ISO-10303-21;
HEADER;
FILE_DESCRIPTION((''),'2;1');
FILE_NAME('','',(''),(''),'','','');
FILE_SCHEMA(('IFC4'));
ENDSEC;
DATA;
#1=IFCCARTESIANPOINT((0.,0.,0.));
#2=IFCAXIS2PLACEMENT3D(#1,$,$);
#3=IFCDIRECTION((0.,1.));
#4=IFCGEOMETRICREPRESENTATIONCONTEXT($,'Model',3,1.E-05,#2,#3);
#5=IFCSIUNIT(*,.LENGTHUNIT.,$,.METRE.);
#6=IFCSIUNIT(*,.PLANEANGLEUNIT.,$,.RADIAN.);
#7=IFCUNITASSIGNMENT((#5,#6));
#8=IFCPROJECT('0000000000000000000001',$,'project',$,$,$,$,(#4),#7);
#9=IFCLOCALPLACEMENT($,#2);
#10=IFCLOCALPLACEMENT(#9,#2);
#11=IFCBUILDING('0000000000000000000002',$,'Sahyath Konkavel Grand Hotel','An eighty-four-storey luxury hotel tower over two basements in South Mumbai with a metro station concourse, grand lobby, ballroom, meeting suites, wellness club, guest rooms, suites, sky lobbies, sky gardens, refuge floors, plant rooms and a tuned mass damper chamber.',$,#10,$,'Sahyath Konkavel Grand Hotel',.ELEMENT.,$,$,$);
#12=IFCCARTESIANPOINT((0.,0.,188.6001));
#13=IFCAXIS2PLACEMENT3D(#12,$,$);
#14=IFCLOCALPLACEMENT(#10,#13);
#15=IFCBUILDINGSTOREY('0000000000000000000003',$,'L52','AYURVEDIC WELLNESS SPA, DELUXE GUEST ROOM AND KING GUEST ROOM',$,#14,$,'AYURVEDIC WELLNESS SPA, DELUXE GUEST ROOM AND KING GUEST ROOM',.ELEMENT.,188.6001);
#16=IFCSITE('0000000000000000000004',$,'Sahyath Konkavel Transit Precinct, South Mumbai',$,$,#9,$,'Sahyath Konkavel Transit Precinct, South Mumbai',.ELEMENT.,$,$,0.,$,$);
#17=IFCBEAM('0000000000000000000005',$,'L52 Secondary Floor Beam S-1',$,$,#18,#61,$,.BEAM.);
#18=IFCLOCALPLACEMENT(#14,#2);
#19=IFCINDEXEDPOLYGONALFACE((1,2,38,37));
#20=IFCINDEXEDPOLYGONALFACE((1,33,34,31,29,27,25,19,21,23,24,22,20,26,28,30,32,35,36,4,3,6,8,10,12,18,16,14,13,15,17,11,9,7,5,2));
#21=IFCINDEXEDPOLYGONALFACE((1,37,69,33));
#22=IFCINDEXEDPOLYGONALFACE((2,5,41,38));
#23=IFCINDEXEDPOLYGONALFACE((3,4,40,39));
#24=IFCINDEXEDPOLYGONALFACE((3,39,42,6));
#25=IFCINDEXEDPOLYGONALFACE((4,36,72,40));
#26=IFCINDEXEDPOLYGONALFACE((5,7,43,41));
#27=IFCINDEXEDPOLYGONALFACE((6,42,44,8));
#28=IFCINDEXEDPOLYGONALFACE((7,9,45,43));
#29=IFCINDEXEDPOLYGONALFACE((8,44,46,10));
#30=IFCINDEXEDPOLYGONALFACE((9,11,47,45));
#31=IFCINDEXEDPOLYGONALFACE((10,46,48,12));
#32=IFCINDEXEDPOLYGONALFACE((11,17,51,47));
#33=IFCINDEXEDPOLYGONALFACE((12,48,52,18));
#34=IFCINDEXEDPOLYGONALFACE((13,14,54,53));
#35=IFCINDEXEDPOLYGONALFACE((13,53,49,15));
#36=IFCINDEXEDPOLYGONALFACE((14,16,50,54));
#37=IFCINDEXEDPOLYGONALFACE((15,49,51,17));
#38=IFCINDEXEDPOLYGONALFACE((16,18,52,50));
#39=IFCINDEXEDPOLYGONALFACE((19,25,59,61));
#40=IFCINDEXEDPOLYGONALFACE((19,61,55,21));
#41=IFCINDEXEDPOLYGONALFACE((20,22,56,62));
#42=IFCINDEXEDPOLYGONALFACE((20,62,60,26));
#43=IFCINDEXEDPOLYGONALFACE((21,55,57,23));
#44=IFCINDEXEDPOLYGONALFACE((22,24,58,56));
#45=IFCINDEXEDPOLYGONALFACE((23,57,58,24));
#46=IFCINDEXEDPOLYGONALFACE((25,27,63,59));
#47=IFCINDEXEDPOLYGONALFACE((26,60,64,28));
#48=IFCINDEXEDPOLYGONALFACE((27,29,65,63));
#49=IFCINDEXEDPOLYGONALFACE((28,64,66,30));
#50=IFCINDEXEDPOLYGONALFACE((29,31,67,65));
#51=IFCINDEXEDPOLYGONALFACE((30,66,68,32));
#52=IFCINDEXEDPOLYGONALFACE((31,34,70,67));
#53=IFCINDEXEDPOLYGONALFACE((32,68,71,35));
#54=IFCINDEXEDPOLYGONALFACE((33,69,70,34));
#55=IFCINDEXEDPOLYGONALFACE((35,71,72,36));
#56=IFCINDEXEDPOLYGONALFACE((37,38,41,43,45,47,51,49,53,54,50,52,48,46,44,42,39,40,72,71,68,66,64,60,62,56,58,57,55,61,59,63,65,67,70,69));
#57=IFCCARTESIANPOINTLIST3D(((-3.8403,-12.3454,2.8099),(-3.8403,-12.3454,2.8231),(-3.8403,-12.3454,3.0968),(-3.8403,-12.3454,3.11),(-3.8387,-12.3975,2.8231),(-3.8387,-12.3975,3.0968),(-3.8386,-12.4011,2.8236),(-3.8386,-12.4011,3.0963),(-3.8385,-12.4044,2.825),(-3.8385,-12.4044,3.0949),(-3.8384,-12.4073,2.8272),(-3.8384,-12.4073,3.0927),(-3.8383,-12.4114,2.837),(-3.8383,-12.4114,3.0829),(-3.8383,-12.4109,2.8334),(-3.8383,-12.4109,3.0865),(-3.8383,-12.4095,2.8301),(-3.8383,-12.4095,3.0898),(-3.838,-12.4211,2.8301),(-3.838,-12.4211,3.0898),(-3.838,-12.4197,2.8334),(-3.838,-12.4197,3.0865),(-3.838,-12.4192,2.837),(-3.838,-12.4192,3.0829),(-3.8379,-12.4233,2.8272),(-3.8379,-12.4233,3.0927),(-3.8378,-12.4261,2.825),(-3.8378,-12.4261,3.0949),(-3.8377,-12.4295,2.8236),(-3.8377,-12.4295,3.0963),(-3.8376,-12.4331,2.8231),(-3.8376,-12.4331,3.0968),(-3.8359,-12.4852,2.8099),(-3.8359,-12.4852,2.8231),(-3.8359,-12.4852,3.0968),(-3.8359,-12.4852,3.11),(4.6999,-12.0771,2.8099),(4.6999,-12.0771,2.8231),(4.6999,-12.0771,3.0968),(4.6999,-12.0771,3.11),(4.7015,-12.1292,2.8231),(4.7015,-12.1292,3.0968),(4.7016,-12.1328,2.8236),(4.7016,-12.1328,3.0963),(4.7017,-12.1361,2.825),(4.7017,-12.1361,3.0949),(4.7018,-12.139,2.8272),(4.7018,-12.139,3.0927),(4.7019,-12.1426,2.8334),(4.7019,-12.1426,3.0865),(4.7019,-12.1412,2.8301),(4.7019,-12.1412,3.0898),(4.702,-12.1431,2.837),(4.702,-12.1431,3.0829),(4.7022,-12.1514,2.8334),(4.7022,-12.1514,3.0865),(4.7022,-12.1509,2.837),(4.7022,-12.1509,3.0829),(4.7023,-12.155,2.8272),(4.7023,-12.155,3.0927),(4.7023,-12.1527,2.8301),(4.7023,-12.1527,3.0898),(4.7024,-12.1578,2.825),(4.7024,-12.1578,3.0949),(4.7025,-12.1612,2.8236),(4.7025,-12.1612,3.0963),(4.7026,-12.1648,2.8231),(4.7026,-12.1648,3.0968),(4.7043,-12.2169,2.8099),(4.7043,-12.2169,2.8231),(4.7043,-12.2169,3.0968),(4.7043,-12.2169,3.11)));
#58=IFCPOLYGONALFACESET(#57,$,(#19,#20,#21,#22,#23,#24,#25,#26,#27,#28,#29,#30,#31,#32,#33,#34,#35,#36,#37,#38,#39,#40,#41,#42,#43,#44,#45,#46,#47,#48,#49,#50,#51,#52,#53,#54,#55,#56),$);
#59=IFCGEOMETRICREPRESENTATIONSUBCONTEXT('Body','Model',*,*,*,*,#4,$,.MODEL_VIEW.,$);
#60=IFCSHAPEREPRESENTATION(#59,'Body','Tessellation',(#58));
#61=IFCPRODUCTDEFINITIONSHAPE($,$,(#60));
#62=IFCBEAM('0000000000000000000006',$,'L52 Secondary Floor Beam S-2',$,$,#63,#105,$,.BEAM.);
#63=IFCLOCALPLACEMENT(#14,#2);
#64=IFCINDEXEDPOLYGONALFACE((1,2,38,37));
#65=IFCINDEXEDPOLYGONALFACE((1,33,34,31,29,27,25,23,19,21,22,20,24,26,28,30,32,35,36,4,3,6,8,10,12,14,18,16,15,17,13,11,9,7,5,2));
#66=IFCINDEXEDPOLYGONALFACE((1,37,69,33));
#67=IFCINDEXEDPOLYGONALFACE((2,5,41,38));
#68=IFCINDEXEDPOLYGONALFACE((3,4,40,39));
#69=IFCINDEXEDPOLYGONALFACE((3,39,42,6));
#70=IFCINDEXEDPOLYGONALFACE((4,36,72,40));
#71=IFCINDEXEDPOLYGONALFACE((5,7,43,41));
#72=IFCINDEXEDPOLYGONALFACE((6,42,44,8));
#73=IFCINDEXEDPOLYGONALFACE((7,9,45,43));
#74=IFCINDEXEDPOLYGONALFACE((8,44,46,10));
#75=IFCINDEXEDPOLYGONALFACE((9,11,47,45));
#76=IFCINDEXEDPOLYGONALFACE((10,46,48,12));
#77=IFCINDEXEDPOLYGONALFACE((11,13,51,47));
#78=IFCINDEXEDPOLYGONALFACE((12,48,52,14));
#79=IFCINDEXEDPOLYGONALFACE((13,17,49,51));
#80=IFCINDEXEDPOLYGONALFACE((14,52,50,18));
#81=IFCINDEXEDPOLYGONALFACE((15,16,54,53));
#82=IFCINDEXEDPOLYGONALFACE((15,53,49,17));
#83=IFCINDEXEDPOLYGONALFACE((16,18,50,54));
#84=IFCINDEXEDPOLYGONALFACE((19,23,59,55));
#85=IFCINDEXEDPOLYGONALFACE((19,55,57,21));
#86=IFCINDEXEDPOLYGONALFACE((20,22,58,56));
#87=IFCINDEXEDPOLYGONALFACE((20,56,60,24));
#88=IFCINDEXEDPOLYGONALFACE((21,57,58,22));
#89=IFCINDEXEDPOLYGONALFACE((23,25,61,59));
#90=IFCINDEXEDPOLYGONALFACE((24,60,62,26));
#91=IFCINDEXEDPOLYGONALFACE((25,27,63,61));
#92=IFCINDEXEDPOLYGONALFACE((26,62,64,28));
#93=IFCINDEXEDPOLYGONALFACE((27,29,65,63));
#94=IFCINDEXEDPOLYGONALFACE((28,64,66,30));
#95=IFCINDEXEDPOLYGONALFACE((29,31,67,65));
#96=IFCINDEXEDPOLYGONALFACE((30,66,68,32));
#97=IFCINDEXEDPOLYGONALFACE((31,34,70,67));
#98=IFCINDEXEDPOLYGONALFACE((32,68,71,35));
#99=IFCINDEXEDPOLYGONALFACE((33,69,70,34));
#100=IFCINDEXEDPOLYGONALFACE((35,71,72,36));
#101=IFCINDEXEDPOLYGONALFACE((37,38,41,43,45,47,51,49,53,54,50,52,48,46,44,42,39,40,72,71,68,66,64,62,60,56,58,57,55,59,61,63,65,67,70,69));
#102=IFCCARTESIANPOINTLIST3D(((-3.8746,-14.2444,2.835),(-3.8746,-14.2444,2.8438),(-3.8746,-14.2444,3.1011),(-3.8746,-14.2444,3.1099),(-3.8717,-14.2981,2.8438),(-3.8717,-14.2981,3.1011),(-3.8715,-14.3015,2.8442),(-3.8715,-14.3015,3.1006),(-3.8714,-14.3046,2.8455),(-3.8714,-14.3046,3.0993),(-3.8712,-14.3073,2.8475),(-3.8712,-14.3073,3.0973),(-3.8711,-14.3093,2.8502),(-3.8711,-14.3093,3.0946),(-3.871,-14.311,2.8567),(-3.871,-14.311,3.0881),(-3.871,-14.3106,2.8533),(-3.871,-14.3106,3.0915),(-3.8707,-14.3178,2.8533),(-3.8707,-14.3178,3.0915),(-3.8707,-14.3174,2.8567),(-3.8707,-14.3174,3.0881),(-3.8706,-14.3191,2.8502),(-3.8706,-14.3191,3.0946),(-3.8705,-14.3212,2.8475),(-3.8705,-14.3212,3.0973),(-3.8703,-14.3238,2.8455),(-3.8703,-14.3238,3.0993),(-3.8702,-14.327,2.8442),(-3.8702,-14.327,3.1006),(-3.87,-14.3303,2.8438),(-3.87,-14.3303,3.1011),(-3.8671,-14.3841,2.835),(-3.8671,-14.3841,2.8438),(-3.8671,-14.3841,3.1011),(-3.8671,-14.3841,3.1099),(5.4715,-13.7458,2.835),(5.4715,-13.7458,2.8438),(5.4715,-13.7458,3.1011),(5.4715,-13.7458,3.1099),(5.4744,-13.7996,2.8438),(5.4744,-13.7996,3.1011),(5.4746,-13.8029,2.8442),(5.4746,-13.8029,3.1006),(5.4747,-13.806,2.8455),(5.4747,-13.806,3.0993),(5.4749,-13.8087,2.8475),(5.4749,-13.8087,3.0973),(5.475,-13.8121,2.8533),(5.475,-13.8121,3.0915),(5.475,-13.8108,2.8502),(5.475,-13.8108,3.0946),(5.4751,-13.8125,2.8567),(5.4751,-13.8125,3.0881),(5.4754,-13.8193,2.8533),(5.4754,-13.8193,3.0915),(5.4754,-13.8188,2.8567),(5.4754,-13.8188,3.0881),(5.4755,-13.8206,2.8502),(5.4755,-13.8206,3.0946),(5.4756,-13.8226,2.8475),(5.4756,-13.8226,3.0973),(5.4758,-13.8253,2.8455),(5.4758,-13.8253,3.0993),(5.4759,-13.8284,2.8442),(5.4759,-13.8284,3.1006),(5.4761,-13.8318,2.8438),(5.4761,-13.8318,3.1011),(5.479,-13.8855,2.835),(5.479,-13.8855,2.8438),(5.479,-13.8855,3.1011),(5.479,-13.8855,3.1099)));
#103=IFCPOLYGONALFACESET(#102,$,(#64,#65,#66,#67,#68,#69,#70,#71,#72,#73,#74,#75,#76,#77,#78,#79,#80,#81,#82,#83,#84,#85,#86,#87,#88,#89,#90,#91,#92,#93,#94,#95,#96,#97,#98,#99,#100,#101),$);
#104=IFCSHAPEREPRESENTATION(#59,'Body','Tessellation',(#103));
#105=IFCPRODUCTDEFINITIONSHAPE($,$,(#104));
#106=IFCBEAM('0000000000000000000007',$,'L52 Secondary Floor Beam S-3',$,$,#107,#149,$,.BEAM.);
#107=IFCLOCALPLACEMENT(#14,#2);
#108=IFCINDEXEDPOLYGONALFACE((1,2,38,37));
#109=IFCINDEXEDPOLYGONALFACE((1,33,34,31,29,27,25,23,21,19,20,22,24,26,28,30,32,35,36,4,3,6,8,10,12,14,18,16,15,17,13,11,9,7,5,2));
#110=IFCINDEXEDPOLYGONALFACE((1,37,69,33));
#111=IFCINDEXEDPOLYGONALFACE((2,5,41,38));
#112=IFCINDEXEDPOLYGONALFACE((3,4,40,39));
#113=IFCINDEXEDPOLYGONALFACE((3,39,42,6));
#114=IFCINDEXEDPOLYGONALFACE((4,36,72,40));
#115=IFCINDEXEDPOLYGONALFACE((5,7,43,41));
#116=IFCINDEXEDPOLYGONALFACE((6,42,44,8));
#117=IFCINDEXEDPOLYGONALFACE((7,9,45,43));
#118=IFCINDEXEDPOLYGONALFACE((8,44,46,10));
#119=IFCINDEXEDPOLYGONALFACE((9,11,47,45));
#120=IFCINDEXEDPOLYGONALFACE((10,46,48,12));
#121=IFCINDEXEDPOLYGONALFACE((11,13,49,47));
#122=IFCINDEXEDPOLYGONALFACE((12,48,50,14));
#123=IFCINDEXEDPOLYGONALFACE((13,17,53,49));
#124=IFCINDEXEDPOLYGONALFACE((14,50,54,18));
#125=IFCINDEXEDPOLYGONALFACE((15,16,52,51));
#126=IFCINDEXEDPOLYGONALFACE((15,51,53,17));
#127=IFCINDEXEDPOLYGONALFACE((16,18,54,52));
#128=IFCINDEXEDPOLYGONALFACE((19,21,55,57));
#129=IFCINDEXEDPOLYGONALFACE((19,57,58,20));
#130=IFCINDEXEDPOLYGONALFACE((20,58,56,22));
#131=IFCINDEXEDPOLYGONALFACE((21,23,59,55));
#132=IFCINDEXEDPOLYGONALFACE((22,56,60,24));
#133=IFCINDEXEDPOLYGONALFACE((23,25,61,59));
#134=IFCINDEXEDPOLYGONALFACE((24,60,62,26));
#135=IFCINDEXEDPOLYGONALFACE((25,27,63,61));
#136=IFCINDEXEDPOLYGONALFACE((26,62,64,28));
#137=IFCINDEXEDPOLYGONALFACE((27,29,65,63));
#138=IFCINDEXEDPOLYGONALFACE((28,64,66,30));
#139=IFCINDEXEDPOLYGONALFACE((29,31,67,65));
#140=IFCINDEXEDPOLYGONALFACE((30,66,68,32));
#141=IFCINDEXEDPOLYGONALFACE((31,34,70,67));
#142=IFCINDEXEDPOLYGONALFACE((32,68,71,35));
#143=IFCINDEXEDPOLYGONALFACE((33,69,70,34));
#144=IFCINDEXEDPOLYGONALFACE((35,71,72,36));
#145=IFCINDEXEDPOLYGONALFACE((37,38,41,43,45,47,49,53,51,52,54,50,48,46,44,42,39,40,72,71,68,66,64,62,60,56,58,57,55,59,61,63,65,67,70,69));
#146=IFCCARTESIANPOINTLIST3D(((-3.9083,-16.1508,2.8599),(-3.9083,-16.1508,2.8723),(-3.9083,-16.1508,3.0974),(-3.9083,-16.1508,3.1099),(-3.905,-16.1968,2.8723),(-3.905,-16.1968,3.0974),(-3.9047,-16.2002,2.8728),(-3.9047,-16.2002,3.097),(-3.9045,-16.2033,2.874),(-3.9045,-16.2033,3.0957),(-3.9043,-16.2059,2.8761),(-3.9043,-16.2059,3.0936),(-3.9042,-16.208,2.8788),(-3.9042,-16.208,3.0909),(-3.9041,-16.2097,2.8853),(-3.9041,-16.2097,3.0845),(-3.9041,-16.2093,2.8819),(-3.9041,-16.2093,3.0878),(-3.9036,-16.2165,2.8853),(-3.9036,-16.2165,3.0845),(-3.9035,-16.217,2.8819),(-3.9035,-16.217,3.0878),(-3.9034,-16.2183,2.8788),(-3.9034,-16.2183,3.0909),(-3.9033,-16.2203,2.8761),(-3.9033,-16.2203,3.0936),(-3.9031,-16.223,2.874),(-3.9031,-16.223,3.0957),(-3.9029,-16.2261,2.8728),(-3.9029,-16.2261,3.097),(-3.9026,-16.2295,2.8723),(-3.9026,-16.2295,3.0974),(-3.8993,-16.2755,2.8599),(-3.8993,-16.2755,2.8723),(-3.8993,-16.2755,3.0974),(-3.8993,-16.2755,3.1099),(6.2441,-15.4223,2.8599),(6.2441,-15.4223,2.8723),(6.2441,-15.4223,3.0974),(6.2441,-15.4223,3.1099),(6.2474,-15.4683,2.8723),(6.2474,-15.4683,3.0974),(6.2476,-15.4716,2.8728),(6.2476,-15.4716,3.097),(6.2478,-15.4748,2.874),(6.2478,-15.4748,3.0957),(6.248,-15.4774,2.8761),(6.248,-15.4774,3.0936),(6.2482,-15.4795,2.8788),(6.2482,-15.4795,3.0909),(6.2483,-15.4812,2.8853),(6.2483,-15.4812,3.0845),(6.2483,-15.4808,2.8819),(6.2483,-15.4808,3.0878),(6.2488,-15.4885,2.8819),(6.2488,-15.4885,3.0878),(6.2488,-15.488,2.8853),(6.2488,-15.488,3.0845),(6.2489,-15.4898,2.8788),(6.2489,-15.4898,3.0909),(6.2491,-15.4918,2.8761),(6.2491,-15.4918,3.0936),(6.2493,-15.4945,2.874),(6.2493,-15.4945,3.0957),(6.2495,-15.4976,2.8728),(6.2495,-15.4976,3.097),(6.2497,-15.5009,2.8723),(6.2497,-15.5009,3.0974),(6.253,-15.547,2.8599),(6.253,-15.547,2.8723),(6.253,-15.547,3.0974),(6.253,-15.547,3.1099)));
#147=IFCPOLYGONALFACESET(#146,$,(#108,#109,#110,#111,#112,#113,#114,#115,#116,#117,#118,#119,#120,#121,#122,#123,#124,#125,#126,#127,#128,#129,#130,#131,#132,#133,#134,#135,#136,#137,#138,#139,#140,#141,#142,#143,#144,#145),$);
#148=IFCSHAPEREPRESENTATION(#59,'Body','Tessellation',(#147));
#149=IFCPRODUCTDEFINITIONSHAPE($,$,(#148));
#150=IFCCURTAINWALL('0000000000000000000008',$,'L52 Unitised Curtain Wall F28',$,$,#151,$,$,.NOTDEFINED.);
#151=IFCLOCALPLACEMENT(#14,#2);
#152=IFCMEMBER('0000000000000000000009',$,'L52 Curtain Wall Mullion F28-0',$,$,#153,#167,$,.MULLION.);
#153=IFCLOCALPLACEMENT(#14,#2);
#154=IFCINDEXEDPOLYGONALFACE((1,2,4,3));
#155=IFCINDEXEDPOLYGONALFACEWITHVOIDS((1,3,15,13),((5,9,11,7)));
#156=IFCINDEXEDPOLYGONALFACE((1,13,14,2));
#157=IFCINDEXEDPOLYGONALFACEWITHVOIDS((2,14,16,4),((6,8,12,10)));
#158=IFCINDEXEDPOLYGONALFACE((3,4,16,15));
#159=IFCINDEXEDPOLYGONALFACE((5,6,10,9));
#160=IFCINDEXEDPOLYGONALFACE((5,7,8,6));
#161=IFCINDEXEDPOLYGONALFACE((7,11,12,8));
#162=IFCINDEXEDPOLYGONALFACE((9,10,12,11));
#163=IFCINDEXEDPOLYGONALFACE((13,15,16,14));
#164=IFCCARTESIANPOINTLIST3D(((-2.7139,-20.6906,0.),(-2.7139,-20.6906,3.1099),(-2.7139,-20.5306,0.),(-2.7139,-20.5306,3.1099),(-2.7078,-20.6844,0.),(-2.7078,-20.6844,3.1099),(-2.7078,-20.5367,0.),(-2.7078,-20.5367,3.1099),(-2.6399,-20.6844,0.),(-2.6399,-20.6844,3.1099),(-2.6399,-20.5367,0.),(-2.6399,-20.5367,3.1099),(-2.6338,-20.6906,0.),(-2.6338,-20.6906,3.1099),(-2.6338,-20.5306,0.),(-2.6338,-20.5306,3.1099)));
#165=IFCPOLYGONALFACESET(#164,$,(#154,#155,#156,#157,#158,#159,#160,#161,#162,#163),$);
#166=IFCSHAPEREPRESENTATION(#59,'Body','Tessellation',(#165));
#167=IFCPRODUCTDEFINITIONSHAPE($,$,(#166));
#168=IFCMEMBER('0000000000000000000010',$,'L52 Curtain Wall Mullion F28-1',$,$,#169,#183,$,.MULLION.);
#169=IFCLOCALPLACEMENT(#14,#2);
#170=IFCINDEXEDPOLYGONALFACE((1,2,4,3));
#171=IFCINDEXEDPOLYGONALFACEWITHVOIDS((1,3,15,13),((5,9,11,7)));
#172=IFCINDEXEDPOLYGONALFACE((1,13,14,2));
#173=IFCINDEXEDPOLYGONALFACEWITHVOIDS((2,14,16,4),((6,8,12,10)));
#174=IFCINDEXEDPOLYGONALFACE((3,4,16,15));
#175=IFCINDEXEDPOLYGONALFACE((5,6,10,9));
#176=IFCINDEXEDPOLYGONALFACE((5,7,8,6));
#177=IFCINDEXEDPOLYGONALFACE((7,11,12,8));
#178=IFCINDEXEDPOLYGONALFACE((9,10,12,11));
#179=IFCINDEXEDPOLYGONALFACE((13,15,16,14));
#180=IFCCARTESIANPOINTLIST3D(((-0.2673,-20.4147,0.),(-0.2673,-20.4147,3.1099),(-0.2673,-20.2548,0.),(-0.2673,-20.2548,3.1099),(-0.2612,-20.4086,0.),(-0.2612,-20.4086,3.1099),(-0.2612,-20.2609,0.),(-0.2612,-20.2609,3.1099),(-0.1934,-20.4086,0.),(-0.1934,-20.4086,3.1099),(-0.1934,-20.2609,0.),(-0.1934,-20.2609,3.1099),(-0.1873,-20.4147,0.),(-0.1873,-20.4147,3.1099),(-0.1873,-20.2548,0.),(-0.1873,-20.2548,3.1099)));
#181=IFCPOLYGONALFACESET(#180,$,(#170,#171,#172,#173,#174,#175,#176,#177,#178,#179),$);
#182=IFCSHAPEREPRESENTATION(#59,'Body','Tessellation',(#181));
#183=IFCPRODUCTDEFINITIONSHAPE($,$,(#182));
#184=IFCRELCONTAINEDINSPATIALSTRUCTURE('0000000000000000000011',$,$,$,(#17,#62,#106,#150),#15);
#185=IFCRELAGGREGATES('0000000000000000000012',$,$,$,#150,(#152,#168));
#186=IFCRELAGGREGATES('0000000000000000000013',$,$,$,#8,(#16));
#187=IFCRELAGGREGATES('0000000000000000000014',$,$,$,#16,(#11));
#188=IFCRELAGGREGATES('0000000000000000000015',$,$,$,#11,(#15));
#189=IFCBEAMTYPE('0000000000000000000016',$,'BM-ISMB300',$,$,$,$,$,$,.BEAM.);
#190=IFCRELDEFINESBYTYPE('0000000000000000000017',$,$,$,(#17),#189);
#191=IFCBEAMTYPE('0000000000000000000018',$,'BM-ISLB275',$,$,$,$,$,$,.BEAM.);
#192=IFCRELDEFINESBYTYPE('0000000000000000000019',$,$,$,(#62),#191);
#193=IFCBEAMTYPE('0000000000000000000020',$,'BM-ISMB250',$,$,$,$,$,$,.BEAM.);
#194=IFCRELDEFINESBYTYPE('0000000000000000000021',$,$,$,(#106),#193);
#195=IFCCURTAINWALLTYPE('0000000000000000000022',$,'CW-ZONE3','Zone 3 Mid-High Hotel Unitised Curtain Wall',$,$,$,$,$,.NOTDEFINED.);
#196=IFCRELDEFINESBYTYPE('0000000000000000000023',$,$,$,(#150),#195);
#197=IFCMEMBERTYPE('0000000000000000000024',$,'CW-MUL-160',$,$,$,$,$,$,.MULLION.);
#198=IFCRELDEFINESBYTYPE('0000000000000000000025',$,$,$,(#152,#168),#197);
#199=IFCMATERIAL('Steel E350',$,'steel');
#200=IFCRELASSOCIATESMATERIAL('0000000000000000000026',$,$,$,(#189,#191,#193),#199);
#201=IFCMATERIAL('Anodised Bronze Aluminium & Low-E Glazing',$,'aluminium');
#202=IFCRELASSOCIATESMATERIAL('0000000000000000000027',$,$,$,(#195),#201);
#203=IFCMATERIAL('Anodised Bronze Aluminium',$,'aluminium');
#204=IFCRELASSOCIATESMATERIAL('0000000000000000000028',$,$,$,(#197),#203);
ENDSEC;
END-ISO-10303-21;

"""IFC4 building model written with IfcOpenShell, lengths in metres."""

from ifc_helpers import new_model, si_unit, direction, frame, origin, origin_2d, place, context, subcontext, project, spatial, hollow_rectangle, i_section, extrude, source, transform, mapped, material, material_profile, profile_set, type_object, element, aggregate, save


model = new_model("IFC4")

# Units and contexts
model_context = context("Model", 3, precision=1e-05, world=origin(), true_north=direction((0.0, 1.0)))
body_context = subcontext(model_context, "Body", "Model", "MODEL_VIEW")
ifc_project = project(units=[si_unit("LENGTHUNIT", "METRE"), si_unit("PLANEANGLEUNIT", "RADIAN")], contexts=[model_context])

# Site, building, storey
site_placement = place(None, origin())
site = spatial("IfcSite", under=ifc_project, at=site_placement, Name="Sahyath Konkavel Transit Precinct, South Mumbai", LongName="Sahyath Konkavel Transit Precinct, South Mumbai", CompositionType="ELEMENT", RefElevation=0.0)
building_placement = place(site_placement, origin())
building = spatial("IfcBuilding", under=site, at=building_placement, Name="Sahyath Konkavel Grand Hotel", Description="An eighty-four-storey luxury hotel tower over two basements in South Mumbai with a metro station concourse, grand lobby, ballroom, meeting suites, wellness club, guest rooms, suites, sky lobbies, sky gardens, refuge floors, plant rooms and a tuned mass damper chamber.", LongName="Sahyath Konkavel Grand Hotel", CompositionType="ELEMENT")
storey_placement = place(building_placement, frame((0.0, 0.0, 188.6001)))
storey = spatial("IfcBuildingStorey", under=building, at=storey_placement, Name="L52", Description="AYURVEDIC WELLNESS SPA, DELUXE GUEST ROOM AND KING GUEST ROOM", LongName="AYURVEDIC WELLNESS SPA, DELUXE GUEST ROOM AND KING GUEST ROOM", CompositionType="ELEMENT", Elevation=188.6001)

# Beams
ifc_material_1 = material(Name="Steel E350", Category="steel")
ifc_material_profile_1 = material_profile(ifc_material_1, i_section(OverallWidth=0.1399, OverallDepth=0.3, WebThickness=0.0078, FlangeThickness=0.0132, FilletRadius=0.0139, at=origin_2d()), Name="ISMB 300")
ifc_profile_set_1 = profile_set([ifc_material_profile_1], Name="Steel E350")
beam_type_1 = type_object("IfcBeamType", Name="BM-ISMB300", PredefinedType="BEAM", material=ifc_profile_set_1)
shared_shape_1 = source(origin(), body_context, "Body", "SweptSolid", [
    extrude(i_section(OverallWidth=0.1399, OverallDepth=0.3, WebThickness=0.0078, FlangeThickness=0.0132, FilletRadius=0.0139, at=origin_2d()), origin(), (0.0, 0.0, 1.0), 8.5444),
])
beam_1_placement = place(storey_placement, frame((-3.8381, -12.4153, 2.96), z_axis=(0.999507, 0.031402, 0.0), x_axis=(-0.031402, 0.999507, 0.0)))
element("IfcBeam", 1, at=beam_1_placement, inside=storey, type_object=beam_type_1, Name="L52 Secondary Floor Beam S-1", PredefinedType="BEAM", context=body_context, shape_type="MappedRepresentation", body=[
    mapped(shared_shape_1, transform((0.0, 0.0, 0.0), scale=1.0)),
])
ifc_material_profile_2 = material_profile(ifc_material_1, i_section(OverallWidth=0.1399, OverallDepth=0.2749, WebThickness=0.0063, FlangeThickness=0.0088, FilletRadius=0.0129, at=origin_2d()), Name="ISLB 275")
ifc_profile_set_2 = profile_set([ifc_material_profile_2], Name="Steel E350")
beam_type_2 = type_object("IfcBeamType", Name="BM-ISLB275", PredefinedType="BEAM", material=ifc_profile_set_2)
shared_shape_2 = source(origin(), body_context, "Body", "SweptSolid", [
    extrude(i_section(OverallWidth=0.1399, OverallDepth=0.2749, WebThickness=0.0063, FlangeThickness=0.0088, FilletRadius=0.0129, at=origin_2d()), origin(), (0.0, 0.0, 1.0), 9.3594),
])
beam_2_placement = place(storey_placement, frame((-3.8708, -14.3142, 2.9724), z_axis=(0.99858, 0.053265, 0.0), x_axis=(-0.053265, 0.99858, 0.0)))
element("IfcBeam", 2, at=beam_2_placement, inside=storey, type_object=beam_type_2, Name="L52 Secondary Floor Beam S-2", PredefinedType="BEAM", context=body_context, shape_type="MappedRepresentation", body=[
    mapped(shared_shape_2, transform((0.0, 0.0, 0.0), scale=1.0)),
])
ifc_material_profile_3 = material_profile(ifc_material_1, i_section(OverallWidth=0.125, OverallDepth=0.25, WebThickness=0.0068, FlangeThickness=0.0125, FilletRadius=0.0129, at=origin_2d()), Name="ISMB 250")
ifc_profile_set_3 = profile_set([ifc_material_profile_3], Name="Steel E350")
beam_type_3 = type_object("IfcBeamType", Name="BM-ISMB250", PredefinedType="BEAM", material=ifc_profile_set_3)
shared_shape_3 = source(origin(), body_context, "Body", "SweptSolid", [
    extrude(i_section(OverallWidth=0.125, OverallDepth=0.25, WebThickness=0.0068, FlangeThickness=0.0125, FilletRadius=0.0129, at=origin_2d()), origin(), (0.0, 0.0, 1.0), 10.1785),
])
beam_3_placement = place(storey_placement, frame((-3.9038, -16.2131, 2.9849), z_axis=(0.997435, 0.071574, 0.0), x_axis=(-0.071574, 0.997435, 0.0)))
element("IfcBeam", 3, at=beam_3_placement, inside=storey, type_object=beam_type_3, Name="L52 Secondary Floor Beam S-3", PredefinedType="BEAM", context=body_context, shape_type="MappedRepresentation", body=[
    mapped(shared_shape_3, transform((0.0, 0.0, 0.0), scale=1.0)),
])

# Curtain wall, members
ifc_material_2 = material(Name="Anodised Bronze Aluminium & Low-E Glazing", Category="aluminium")
curtain_wall_type = type_object("IfcCurtainWallType", Name="CW-ZONE3", Description="Zone 3 Mid-High Hotel Unitised Curtain Wall", PredefinedType="NOTDEFINED", material=ifc_material_2)
curtain_wall_placement = place(storey_placement, origin())
curtain_wall = element("IfcCurtainWall", 4, at=curtain_wall_placement, inside=storey, type_object=curtain_wall_type, Name="L52 Unitised Curtain Wall F28", PredefinedType="NOTDEFINED")
ifc_material_3 = material(Name="Anodised Bronze Aluminium", Category="aluminium")
ifc_material_profile_4 = material_profile(ifc_material_3, hollow_rectangle(XDim=0.0801, YDim=0.1599, WallThickness=0.0061, at=origin_2d()), Name="RHS 160x80x6")
ifc_profile_set_4 = profile_set([ifc_material_profile_4], Name="Anodised Bronze Aluminium")
member_type_1 = type_object("IfcMemberType", Name="CW-MUL-160", PredefinedType="MULLION", material=ifc_profile_set_4)
shared_shape_4 = source(origin(), body_context, "Body", "SweptSolid", [
    extrude(hollow_rectangle(XDim=0.0801, YDim=0.1599, WallThickness=0.0061, at=origin_2d()), origin(), (0.0, 0.0, 1.0), 3.1099),
])
member_1_placement = place(storey_placement, frame((-2.6738, -20.6106, 0.0), z_axis=(0.0, 0.0, 1.0), x_axis=(1.0, 0.0, 0.0)))
member_1 = element("IfcMember", 5, at=member_1_placement, type_object=member_type_1, Name="L52 Curtain Wall Mullion F28-0", PredefinedType="MULLION", context=body_context, shape_type="MappedRepresentation", body=[
    mapped(shared_shape_4, transform((0.0, 0.0, 0.0), scale=1.0)),
])
member_2_placement = place(storey_placement, frame((-0.2273, -20.3347, 0.0), z_axis=(0.0, 0.0, 1.0), x_axis=(1.0, 0.0, 0.0)))
member_2 = element("IfcMember", 6, at=member_2_placement, type_object=member_type_1, Name="L52 Curtain Wall Mullion F28-1", PredefinedType="MULLION", context=body_context, shape_type="MappedRepresentation", body=[
    mapped(shared_shape_4, transform((0.0, 0.0, 0.0), scale=1.0)),
])
aggregate(curtain_wall, [member_1, member_2])

save(model, "model.ifc")
